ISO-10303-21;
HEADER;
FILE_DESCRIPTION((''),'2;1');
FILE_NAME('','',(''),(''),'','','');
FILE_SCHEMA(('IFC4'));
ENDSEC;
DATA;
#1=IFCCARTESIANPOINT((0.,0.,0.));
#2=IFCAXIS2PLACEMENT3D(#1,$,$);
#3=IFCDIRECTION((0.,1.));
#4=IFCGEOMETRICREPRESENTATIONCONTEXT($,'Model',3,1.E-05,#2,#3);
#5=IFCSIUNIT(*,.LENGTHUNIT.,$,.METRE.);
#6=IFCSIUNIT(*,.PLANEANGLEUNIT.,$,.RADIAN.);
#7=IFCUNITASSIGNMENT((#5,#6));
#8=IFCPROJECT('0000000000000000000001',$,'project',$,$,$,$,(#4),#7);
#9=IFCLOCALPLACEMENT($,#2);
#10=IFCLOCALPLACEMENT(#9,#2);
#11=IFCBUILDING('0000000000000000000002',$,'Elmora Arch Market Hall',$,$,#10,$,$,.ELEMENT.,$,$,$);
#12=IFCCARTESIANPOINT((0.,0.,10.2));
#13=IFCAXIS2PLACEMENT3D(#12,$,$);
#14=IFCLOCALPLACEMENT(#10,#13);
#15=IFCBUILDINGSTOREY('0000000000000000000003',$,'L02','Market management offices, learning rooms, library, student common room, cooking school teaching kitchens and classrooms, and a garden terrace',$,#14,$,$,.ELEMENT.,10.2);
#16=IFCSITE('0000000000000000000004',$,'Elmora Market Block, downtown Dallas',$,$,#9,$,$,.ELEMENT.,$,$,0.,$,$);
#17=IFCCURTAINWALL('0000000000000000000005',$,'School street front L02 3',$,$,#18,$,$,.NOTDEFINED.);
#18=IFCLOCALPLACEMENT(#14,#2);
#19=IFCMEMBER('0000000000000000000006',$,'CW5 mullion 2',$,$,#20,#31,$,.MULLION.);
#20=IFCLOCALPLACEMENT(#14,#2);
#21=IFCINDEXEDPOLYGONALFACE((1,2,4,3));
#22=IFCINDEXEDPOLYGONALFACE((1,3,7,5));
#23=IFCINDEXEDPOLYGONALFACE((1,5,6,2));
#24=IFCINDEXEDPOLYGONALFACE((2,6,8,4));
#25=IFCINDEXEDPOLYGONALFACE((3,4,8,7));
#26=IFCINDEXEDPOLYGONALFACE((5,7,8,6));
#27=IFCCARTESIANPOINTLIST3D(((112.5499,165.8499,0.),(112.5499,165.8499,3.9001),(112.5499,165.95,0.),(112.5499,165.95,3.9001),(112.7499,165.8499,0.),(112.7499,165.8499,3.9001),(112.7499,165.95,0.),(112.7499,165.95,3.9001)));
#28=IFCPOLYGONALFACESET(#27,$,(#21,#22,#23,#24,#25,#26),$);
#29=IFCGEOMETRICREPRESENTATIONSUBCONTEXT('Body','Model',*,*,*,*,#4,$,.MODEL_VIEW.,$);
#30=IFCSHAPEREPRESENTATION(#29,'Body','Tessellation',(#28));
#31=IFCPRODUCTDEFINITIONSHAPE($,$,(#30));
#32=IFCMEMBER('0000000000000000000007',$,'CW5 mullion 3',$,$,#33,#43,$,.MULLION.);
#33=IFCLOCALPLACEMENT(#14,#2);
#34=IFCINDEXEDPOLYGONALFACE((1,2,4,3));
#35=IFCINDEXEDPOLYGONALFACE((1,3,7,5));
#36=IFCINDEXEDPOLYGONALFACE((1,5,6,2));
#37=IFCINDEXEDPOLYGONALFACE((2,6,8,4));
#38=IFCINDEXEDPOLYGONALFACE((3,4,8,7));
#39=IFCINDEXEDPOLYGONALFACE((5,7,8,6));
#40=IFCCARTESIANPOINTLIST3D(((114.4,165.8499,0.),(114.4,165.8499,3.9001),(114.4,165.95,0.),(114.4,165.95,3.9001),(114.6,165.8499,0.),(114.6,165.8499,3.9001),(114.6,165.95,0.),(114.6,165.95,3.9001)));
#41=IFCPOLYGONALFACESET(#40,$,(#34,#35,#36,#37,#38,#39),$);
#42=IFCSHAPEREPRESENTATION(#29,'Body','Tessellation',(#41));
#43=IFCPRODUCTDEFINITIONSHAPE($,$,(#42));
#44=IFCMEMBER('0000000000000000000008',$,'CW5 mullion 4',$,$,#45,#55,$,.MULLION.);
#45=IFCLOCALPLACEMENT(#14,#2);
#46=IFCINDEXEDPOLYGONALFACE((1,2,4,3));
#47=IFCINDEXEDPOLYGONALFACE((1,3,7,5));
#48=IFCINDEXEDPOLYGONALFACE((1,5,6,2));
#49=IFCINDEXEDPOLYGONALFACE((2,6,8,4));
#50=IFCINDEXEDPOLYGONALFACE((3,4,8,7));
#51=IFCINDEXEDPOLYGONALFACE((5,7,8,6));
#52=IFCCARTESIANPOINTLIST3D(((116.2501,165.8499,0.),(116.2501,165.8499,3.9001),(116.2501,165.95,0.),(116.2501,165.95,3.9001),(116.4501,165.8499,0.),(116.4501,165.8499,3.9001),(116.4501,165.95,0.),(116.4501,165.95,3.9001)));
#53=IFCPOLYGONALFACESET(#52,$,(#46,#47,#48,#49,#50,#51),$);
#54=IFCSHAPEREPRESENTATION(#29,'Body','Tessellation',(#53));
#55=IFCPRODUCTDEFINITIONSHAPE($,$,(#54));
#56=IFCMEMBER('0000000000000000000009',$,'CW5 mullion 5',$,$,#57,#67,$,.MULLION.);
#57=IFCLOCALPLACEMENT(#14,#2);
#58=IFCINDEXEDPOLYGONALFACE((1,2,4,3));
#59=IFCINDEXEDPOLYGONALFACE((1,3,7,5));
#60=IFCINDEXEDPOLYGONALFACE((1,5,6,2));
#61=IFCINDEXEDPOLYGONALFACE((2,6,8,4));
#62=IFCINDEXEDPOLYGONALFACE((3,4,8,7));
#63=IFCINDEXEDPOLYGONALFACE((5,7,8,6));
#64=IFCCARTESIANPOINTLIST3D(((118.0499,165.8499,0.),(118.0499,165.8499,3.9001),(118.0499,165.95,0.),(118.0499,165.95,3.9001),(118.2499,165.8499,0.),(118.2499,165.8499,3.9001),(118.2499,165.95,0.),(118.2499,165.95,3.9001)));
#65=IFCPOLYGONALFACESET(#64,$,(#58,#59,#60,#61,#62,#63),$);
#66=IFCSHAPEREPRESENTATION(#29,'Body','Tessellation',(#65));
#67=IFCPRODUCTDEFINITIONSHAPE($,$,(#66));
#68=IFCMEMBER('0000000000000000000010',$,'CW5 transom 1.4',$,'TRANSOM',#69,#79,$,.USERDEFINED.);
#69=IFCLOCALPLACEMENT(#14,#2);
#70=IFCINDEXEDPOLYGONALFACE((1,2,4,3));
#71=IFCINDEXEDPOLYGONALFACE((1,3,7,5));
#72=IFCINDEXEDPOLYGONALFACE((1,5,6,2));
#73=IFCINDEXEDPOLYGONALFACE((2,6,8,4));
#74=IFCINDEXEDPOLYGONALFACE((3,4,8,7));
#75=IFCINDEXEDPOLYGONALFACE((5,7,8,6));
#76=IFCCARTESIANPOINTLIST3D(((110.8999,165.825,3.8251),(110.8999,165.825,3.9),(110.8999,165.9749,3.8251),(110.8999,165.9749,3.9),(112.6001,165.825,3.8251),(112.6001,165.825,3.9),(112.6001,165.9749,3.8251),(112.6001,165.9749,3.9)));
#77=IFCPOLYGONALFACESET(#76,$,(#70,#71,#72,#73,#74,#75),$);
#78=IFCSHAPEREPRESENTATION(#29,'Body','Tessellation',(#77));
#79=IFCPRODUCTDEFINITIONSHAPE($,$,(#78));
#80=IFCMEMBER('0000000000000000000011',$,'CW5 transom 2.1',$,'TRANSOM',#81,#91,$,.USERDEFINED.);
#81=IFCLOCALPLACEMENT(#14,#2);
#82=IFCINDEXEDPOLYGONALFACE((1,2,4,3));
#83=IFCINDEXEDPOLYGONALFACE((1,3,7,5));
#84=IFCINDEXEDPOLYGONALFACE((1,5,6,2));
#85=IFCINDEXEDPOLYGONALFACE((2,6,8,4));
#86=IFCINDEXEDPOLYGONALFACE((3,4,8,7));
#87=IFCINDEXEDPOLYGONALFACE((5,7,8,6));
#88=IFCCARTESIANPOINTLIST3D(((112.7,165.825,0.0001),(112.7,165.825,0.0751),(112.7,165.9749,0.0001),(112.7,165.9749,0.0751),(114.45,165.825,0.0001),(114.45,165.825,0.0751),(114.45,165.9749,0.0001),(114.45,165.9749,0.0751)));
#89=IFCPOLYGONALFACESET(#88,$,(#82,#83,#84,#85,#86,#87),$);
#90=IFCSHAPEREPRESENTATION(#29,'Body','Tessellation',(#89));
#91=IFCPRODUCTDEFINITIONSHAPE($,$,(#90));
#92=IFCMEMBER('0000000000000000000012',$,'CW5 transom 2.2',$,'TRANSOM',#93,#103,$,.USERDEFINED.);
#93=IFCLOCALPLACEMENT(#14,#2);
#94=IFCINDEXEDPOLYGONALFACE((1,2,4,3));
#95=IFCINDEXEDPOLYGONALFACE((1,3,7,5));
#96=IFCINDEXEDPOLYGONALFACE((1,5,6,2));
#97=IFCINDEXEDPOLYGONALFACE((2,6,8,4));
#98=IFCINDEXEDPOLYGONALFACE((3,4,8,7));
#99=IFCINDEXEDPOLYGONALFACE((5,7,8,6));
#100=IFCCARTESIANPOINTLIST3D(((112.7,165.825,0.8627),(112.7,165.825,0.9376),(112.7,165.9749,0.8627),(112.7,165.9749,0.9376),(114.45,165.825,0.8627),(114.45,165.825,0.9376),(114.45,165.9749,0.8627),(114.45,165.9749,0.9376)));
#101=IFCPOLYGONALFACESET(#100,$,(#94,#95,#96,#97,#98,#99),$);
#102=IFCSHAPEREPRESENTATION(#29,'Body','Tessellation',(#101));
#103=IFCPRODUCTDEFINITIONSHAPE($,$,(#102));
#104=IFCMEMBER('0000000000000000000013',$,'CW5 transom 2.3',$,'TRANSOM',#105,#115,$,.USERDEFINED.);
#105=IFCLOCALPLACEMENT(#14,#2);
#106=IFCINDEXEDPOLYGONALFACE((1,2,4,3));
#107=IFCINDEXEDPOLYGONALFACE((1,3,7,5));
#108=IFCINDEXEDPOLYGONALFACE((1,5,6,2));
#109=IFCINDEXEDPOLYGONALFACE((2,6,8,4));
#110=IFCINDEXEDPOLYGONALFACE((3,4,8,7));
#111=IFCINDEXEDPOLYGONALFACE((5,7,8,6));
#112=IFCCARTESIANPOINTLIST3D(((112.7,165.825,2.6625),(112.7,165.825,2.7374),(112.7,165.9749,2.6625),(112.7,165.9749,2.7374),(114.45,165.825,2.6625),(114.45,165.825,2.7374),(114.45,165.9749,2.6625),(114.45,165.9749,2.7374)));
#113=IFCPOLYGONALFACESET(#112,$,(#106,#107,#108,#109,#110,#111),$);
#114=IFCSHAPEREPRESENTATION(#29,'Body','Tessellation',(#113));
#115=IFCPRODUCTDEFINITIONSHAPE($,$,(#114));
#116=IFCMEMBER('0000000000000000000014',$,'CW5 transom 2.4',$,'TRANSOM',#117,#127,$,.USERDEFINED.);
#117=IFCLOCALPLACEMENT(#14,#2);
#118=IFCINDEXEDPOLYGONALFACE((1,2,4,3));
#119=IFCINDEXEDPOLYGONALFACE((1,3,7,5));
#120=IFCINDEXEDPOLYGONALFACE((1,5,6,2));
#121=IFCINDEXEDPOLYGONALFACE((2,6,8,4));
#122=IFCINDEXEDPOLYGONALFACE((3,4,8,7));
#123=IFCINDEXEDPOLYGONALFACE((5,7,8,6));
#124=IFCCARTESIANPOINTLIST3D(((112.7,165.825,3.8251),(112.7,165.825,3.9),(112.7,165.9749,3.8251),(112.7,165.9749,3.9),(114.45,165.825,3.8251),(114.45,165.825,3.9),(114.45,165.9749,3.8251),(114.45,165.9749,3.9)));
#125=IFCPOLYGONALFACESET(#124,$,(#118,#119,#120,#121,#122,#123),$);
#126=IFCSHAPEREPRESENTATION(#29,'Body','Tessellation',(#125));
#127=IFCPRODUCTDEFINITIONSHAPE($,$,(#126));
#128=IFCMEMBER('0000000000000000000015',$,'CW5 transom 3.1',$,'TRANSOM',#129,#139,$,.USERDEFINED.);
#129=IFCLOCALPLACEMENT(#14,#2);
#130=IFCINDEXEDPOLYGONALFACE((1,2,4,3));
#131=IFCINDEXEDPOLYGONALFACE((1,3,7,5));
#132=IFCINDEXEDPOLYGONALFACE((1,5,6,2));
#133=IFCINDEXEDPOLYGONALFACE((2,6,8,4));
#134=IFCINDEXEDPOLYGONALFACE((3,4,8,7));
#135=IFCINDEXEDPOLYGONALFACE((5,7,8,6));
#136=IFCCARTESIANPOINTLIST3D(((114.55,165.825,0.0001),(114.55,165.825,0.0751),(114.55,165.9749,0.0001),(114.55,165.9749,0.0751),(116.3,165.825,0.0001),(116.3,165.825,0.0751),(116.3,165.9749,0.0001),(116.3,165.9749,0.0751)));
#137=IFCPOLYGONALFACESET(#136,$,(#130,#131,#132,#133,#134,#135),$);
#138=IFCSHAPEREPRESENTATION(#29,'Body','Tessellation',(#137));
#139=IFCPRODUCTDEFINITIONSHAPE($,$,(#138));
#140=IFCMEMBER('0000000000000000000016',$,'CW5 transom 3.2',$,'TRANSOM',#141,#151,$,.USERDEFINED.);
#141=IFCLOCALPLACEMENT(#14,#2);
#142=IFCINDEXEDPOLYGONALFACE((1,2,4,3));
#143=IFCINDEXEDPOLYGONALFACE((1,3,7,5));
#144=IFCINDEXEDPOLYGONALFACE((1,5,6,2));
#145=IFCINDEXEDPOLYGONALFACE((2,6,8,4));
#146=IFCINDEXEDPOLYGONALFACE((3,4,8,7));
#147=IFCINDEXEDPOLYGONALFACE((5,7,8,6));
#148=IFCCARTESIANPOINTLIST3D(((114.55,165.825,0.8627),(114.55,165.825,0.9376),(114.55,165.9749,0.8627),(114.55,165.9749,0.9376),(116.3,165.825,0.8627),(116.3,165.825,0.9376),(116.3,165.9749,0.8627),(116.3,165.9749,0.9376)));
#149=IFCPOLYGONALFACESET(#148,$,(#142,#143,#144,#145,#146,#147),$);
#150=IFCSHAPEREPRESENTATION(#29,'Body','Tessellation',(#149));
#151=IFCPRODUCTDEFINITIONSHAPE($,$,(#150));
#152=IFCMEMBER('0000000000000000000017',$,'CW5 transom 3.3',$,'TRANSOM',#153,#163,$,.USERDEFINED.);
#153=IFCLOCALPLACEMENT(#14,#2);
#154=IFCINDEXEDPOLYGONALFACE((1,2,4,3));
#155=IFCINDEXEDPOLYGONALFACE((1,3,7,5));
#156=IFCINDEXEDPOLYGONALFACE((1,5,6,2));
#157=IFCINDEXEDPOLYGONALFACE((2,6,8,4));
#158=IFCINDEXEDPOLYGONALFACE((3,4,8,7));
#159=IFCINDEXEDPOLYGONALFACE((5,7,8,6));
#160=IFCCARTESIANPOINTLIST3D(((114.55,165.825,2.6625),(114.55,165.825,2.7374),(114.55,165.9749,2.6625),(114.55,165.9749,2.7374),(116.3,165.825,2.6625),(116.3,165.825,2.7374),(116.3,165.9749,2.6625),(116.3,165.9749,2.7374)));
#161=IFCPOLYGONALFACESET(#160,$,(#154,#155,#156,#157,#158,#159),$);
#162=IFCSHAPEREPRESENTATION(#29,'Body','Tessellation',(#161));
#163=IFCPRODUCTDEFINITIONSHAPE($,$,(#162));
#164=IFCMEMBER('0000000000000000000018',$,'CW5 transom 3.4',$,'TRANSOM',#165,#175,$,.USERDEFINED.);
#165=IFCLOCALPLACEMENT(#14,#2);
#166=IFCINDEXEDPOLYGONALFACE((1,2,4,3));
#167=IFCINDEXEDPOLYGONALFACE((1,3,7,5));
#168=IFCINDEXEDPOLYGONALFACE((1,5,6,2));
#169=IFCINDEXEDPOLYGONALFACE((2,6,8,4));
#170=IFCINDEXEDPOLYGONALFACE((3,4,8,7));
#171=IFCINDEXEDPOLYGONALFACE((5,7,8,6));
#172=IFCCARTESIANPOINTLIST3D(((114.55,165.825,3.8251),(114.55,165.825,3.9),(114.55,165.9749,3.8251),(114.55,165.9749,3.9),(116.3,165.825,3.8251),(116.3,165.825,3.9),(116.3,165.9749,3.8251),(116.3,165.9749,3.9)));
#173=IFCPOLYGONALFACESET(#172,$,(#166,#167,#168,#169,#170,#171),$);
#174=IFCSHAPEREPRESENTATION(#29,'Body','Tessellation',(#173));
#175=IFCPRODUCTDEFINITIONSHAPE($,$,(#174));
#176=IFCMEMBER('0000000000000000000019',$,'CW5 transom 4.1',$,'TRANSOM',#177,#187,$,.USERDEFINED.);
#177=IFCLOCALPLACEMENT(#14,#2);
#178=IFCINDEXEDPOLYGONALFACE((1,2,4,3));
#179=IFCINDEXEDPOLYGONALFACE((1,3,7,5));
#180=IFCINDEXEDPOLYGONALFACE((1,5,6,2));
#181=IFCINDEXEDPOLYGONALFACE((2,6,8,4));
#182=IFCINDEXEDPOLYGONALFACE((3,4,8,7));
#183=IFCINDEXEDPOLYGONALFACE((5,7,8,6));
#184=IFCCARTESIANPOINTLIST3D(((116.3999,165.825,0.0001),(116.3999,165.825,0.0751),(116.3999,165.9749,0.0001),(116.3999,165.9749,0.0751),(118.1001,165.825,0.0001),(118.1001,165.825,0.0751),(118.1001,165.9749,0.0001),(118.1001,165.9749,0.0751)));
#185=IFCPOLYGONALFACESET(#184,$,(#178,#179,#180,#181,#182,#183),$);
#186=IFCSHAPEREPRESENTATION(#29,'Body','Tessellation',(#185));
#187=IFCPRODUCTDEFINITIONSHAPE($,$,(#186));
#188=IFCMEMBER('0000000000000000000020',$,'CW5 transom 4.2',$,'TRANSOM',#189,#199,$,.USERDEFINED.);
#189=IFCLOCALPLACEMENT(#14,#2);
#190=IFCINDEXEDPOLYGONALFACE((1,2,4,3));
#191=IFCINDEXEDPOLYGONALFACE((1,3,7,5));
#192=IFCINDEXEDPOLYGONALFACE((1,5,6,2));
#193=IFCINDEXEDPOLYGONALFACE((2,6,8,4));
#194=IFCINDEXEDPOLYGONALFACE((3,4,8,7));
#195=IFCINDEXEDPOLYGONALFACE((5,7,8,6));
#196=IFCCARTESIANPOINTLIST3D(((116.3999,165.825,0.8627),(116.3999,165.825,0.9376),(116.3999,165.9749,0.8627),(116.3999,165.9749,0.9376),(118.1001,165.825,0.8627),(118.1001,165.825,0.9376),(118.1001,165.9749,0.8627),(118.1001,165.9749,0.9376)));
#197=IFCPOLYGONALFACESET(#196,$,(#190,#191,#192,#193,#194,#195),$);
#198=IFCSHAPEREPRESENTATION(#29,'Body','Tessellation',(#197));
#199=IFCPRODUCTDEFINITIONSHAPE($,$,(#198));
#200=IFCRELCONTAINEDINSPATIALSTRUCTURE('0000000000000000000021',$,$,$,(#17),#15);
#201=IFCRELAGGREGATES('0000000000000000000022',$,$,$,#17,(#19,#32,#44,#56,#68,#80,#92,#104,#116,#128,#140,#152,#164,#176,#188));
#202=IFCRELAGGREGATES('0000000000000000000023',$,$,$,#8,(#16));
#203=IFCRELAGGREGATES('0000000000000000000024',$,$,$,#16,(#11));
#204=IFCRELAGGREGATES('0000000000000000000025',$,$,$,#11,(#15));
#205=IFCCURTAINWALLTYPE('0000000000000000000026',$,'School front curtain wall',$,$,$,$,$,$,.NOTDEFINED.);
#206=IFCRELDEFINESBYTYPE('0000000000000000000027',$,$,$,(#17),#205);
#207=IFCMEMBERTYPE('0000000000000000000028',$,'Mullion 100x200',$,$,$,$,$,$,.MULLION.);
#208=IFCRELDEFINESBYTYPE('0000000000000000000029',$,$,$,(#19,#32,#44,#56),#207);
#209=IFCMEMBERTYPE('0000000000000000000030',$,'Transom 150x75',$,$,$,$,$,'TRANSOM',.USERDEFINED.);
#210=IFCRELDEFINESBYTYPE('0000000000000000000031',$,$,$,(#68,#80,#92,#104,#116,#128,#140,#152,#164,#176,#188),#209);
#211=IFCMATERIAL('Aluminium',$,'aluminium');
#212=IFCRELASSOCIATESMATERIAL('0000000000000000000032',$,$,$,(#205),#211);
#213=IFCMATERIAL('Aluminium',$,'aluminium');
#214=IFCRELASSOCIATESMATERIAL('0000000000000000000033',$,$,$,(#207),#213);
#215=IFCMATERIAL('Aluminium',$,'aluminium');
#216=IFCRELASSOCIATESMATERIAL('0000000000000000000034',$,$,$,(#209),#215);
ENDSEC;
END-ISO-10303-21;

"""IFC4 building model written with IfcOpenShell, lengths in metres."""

from ifc_helpers import new_model, si_unit, direction, frame, origin, origin_2d, place, context, subcontext, project, spatial, rectangle, extrude, material, material_profile, profile_set, type_object, element, aggregate, save


model = new_model("IFC4")

# Units and contexts
model_context = context("Model", 3, precision=1e-05, world=origin(), true_north=direction((0.0, 1.0)))
body_context = subcontext(model_context, "Body", "Model", "MODEL_VIEW")
ifc_project = project(units=[si_unit("LENGTHUNIT", "METRE"), si_unit("PLANEANGLEUNIT", "RADIAN")], contexts=[model_context])

# Site, building, storey
site_placement = place(None, origin())
site = spatial("IfcSite", under=ifc_project, at=site_placement, Name="Elmora Market Block, downtown Dallas", CompositionType="ELEMENT", RefElevation=0.0)
building_placement = place(site_placement, origin())
building = spatial("IfcBuilding", under=site, at=building_placement, Name="Elmora Arch Market Hall", CompositionType="ELEMENT")
storey_placement = place(building_placement, frame((0.0, 0.0, 10.2)))
storey = spatial("IfcBuildingStorey", under=building, at=storey_placement, Name="L02", Description="Market management offices, learning rooms, library, student common room, cooking school teaching kitchens and classrooms, and a garden terrace", CompositionType="ELEMENT", Elevation=10.2)

# Curtain wall, members
ifc_material_1 = material(Name="Aluminium", Category="aluminium")
curtain_wall_type = type_object("IfcCurtainWallType", Name="School front curtain wall", PredefinedType="NOTDEFINED", material=ifc_material_1)
curtain_wall_placement = place(storey_placement, origin())
curtain_wall = element("IfcCurtainWall", 1, at=curtain_wall_placement, inside=storey, type_object=curtain_wall_type, Name="School street front L02 3", PredefinedType="NOTDEFINED")
ifc_material_2 = material(Name="Aluminium", Category="aluminium")
ifc_material_profile_1 = material_profile(ifc_material_2, rectangle(XDim=0.1001, YDim=0.2, at=origin_2d()), Name="AL 100x200")
ifc_profile_set_1 = profile_set([ifc_material_profile_1], Name="Aluminium")
member_type_1 = type_object("IfcMemberType", Name="Mullion 100x200", PredefinedType="MULLION", material=ifc_profile_set_1)
member_1_placement = place(storey_placement, frame((112.6499, 165.8999, 0.0), z_axis=(0.0, 0.0, 1.0), x_axis=(0.0, 1.0, 0.0)))
member_1 = element("IfcMember", 2, at=member_1_placement, type_object=member_type_1, Name="CW5 mullion 2", PredefinedType="MULLION", context=body_context, shape_type="SweptSolid", body=[
    extrude(rectangle(XDim=0.1001, YDim=0.2, at=origin_2d()), origin(), (0.0, 0.0, 1.0), 3.9001),
])
member_2_placement = place(storey_placement, frame((114.5, 165.8999, 0.0), z_axis=(0.0, 0.0, 1.0), x_axis=(0.0, 1.0, 0.0)))
member_2 = element("IfcMember", 3, at=member_2_placement, type_object=member_type_1, Name="CW5 mullion 3", PredefinedType="MULLION", context=body_context, shape_type="SweptSolid", body=[
    extrude(rectangle(XDim=0.1001, YDim=0.2, at=origin_2d()), origin(), (0.0, 0.0, 1.0), 3.9001),
])
member_3_placement = place(storey_placement, frame((116.3501, 165.8999, 0.0), z_axis=(0.0, 0.0, 1.0), x_axis=(0.0, 1.0, 0.0)))
member_3 = element("IfcMember", 4, at=member_3_placement, type_object=member_type_1, Name="CW5 mullion 4", PredefinedType="MULLION", context=body_context, shape_type="SweptSolid", body=[
    extrude(rectangle(XDim=0.1001, YDim=0.2, at=origin_2d()), origin(), (0.0, 0.0, 1.0), 3.9001),
])
member_4_placement = place(storey_placement, frame((118.1499, 165.8999, 0.0), z_axis=(0.0, 0.0, 1.0), x_axis=(0.0, 1.0, 0.0)))
member_4 = element("IfcMember", 5, at=member_4_placement, type_object=member_type_1, Name="CW5 mullion 5", PredefinedType="MULLION", context=body_context, shape_type="SweptSolid", body=[
    extrude(rectangle(XDim=0.1001, YDim=0.2, at=origin_2d()), origin(), (0.0, 0.0, 1.0), 3.9001),
])
ifc_material_3 = material(Name="Aluminium", Category="aluminium")
ifc_material_profile_2 = material_profile(ifc_material_3, rectangle(XDim=0.1499, YDim=0.075, at=origin_2d()), Name="AL 150x75")
ifc_profile_set_2 = profile_set([ifc_material_profile_2], Name="Aluminium")
member_type_2 = type_object("IfcMemberType", Name="Transom 150x75", ElementType="TRANSOM", PredefinedType="USERDEFINED", material=ifc_profile_set_2)
member_5_placement = place(storey_placement, frame((110.8999, 165.8999, 3.8625), z_axis=(1.0, 0.0, 0.0), x_axis=(0.0, 1.0, 0.0)))
member_5 = element("IfcMember", 6, at=member_5_placement, type_object=member_type_2, Name="CW5 transom 1.4", ObjectType="TRANSOM", PredefinedType="USERDEFINED", context=body_context, shape_type="SweptSolid", body=[
    extrude(rectangle(XDim=0.1499, YDim=0.075, at=origin_2d()), origin(), (0.0, 0.0, 1.0), 1.7002),
])
member_6_placement = place(storey_placement, frame((112.7, 165.8999, 0.0376), z_axis=(1.0, 0.0, 0.0), x_axis=(0.0, 1.0, 0.0)))
member_6 = element("IfcMember", 7, at=member_6_placement, type_object=member_type_2, Name="CW5 transom 2.1", ObjectType="TRANSOM", PredefinedType="USERDEFINED", context=body_context, shape_type="SweptSolid", body=[
    extrude(rectangle(XDim=0.1499, YDim=0.075, at=origin_2d()), origin(), (0.0, 0.0, 1.0), 1.75),
])
member_7_placement = place(storey_placement, frame((112.7, 165.8999, 0.9001), z_axis=(1.0, 0.0, 0.0), x_axis=(0.0, 1.0, 0.0)))
member_7 = element("IfcMember", 8, at=member_7_placement, type_object=member_type_2, Name="CW5 transom 2.2", ObjectType="TRANSOM", PredefinedType="USERDEFINED", context=body_context, shape_type="SweptSolid", body=[
    extrude(rectangle(XDim=0.1499, YDim=0.075, at=origin_2d()), origin(), (0.0, 0.0, 1.0), 1.75),
])
member_8_placement = place(storey_placement, frame((112.7, 165.8999, 2.7), z_axis=(1.0, 0.0, 0.0), x_axis=(0.0, 1.0, 0.0)))
member_8 = element("IfcMember", 9, at=member_8_placement, type_object=member_type_2, Name="CW5 transom 2.3", ObjectType="TRANSOM", PredefinedType="USERDEFINED", context=body_context, shape_type="SweptSolid", body=[
    extrude(rectangle(XDim=0.1499, YDim=0.075, at=origin_2d()), origin(), (0.0, 0.0, 1.0), 1.75),
])
member_9_placement = place(storey_placement, frame((112.7, 165.8999, 3.8625), z_axis=(1.0, 0.0, 0.0), x_axis=(0.0, 1.0, 0.0)))
member_9 = element("IfcMember", 10, at=member_9_placement, type_object=member_type_2, Name="CW5 transom 2.4", ObjectType="TRANSOM", PredefinedType="USERDEFINED", context=body_context, shape_type="SweptSolid", body=[
    extrude(rectangle(XDim=0.1499, YDim=0.075, at=origin_2d()), origin(), (0.0, 0.0, 1.0), 1.75),
])
member_10_placement = place(storey_placement, frame((114.55, 165.8999, 0.0376), z_axis=(1.0, 0.0, 0.0), x_axis=(0.0, 1.0, 0.0)))
member_10 = element("IfcMember", 11, at=member_10_placement, type_object=member_type_2, Name="CW5 transom 3.1", ObjectType="TRANSOM", PredefinedType="USERDEFINED", context=body_context, shape_type="SweptSolid", body=[
    extrude(rectangle(XDim=0.1499, YDim=0.075, at=origin_2d()), origin(), (0.0, 0.0, 1.0), 1.75),
])
member_11_placement = place(storey_placement, frame((114.55, 165.8999, 0.9001), z_axis=(1.0, 0.0, 0.0), x_axis=(0.0, 1.0, 0.0)))
member_11 = element("IfcMember", 12, at=member_11_placement, type_object=member_type_2, Name="CW5 transom 3.2", ObjectType="TRANSOM", PredefinedType="USERDEFINED", context=body_context, shape_type="SweptSolid", body=[
    extrude(rectangle(XDim=0.1499, YDim=0.075, at=origin_2d()), origin(), (0.0, 0.0, 1.0), 1.75),
])
member_12_placement = place(storey_placement, frame((114.55, 165.8999, 2.7), z_axis=(1.0, 0.0, 0.0), x_axis=(0.0, 1.0, 0.0)))
member_12 = element("IfcMember", 13, at=member_12_placement, type_object=member_type_2, Name="CW5 transom 3.3", ObjectType="TRANSOM", PredefinedType="USERDEFINED", context=body_context, shape_type="SweptSolid", body=[
    extrude(rectangle(XDim=0.1499, YDim=0.075, at=origin_2d()), origin(), (0.0, 0.0, 1.0), 1.75),
])
member_13_placement = place(storey_placement, frame((114.55, 165.8999, 3.8625), z_axis=(1.0, 0.0, 0.0), x_axis=(0.0, 1.0, 0.0)))
member_13 = element("IfcMember", 14, at=member_13_placement, type_object=member_type_2, Name="CW5 transom 3.4", ObjectType="TRANSOM", PredefinedType="USERDEFINED", context=body_context, shape_type="SweptSolid", body=[
    extrude(rectangle(XDim=0.1499, YDim=0.075, at=origin_2d()), origin(), (0.0, 0.0, 1.0), 1.75),
])
member_14_placement = place(storey_placement, frame((116.3999, 165.8999, 0.0376), z_axis=(1.0, 0.0, 0.0), x_axis=(0.0, 1.0, 0.0)))
member_14 = element("IfcMember", 15, at=member_14_placement, type_object=member_type_2, Name="CW5 transom 4.1", ObjectType="TRANSOM", PredefinedType="USERDEFINED", context=body_context, shape_type="SweptSolid", body=[
    extrude(rectangle(XDim=0.1499, YDim=0.075, at=origin_2d()), origin(), (0.0, 0.0, 1.0), 1.7002),
])
member_15_placement = place(storey_placement, frame((116.3999, 165.8999, 0.9001), z_axis=(1.0, 0.0, 0.0), x_axis=(0.0, 1.0, 0.0)))
member_15 = element("IfcMember", 16, at=member_15_placement, type_object=member_type_2, Name="CW5 transom 4.2", ObjectType="TRANSOM", PredefinedType="USERDEFINED", context=body_context, shape_type="SweptSolid", body=[
    extrude(rectangle(XDim=0.1499, YDim=0.075, at=origin_2d()), origin(), (0.0, 0.0, 1.0), 1.7002),
])
aggregate(curtain_wall, [member_1, member_2, member_3, member_4, member_5, member_6, member_7, member_8, member_9, member_10, member_11, member_12, member_13, member_14, member_15])

save(model, "model.ifc")
